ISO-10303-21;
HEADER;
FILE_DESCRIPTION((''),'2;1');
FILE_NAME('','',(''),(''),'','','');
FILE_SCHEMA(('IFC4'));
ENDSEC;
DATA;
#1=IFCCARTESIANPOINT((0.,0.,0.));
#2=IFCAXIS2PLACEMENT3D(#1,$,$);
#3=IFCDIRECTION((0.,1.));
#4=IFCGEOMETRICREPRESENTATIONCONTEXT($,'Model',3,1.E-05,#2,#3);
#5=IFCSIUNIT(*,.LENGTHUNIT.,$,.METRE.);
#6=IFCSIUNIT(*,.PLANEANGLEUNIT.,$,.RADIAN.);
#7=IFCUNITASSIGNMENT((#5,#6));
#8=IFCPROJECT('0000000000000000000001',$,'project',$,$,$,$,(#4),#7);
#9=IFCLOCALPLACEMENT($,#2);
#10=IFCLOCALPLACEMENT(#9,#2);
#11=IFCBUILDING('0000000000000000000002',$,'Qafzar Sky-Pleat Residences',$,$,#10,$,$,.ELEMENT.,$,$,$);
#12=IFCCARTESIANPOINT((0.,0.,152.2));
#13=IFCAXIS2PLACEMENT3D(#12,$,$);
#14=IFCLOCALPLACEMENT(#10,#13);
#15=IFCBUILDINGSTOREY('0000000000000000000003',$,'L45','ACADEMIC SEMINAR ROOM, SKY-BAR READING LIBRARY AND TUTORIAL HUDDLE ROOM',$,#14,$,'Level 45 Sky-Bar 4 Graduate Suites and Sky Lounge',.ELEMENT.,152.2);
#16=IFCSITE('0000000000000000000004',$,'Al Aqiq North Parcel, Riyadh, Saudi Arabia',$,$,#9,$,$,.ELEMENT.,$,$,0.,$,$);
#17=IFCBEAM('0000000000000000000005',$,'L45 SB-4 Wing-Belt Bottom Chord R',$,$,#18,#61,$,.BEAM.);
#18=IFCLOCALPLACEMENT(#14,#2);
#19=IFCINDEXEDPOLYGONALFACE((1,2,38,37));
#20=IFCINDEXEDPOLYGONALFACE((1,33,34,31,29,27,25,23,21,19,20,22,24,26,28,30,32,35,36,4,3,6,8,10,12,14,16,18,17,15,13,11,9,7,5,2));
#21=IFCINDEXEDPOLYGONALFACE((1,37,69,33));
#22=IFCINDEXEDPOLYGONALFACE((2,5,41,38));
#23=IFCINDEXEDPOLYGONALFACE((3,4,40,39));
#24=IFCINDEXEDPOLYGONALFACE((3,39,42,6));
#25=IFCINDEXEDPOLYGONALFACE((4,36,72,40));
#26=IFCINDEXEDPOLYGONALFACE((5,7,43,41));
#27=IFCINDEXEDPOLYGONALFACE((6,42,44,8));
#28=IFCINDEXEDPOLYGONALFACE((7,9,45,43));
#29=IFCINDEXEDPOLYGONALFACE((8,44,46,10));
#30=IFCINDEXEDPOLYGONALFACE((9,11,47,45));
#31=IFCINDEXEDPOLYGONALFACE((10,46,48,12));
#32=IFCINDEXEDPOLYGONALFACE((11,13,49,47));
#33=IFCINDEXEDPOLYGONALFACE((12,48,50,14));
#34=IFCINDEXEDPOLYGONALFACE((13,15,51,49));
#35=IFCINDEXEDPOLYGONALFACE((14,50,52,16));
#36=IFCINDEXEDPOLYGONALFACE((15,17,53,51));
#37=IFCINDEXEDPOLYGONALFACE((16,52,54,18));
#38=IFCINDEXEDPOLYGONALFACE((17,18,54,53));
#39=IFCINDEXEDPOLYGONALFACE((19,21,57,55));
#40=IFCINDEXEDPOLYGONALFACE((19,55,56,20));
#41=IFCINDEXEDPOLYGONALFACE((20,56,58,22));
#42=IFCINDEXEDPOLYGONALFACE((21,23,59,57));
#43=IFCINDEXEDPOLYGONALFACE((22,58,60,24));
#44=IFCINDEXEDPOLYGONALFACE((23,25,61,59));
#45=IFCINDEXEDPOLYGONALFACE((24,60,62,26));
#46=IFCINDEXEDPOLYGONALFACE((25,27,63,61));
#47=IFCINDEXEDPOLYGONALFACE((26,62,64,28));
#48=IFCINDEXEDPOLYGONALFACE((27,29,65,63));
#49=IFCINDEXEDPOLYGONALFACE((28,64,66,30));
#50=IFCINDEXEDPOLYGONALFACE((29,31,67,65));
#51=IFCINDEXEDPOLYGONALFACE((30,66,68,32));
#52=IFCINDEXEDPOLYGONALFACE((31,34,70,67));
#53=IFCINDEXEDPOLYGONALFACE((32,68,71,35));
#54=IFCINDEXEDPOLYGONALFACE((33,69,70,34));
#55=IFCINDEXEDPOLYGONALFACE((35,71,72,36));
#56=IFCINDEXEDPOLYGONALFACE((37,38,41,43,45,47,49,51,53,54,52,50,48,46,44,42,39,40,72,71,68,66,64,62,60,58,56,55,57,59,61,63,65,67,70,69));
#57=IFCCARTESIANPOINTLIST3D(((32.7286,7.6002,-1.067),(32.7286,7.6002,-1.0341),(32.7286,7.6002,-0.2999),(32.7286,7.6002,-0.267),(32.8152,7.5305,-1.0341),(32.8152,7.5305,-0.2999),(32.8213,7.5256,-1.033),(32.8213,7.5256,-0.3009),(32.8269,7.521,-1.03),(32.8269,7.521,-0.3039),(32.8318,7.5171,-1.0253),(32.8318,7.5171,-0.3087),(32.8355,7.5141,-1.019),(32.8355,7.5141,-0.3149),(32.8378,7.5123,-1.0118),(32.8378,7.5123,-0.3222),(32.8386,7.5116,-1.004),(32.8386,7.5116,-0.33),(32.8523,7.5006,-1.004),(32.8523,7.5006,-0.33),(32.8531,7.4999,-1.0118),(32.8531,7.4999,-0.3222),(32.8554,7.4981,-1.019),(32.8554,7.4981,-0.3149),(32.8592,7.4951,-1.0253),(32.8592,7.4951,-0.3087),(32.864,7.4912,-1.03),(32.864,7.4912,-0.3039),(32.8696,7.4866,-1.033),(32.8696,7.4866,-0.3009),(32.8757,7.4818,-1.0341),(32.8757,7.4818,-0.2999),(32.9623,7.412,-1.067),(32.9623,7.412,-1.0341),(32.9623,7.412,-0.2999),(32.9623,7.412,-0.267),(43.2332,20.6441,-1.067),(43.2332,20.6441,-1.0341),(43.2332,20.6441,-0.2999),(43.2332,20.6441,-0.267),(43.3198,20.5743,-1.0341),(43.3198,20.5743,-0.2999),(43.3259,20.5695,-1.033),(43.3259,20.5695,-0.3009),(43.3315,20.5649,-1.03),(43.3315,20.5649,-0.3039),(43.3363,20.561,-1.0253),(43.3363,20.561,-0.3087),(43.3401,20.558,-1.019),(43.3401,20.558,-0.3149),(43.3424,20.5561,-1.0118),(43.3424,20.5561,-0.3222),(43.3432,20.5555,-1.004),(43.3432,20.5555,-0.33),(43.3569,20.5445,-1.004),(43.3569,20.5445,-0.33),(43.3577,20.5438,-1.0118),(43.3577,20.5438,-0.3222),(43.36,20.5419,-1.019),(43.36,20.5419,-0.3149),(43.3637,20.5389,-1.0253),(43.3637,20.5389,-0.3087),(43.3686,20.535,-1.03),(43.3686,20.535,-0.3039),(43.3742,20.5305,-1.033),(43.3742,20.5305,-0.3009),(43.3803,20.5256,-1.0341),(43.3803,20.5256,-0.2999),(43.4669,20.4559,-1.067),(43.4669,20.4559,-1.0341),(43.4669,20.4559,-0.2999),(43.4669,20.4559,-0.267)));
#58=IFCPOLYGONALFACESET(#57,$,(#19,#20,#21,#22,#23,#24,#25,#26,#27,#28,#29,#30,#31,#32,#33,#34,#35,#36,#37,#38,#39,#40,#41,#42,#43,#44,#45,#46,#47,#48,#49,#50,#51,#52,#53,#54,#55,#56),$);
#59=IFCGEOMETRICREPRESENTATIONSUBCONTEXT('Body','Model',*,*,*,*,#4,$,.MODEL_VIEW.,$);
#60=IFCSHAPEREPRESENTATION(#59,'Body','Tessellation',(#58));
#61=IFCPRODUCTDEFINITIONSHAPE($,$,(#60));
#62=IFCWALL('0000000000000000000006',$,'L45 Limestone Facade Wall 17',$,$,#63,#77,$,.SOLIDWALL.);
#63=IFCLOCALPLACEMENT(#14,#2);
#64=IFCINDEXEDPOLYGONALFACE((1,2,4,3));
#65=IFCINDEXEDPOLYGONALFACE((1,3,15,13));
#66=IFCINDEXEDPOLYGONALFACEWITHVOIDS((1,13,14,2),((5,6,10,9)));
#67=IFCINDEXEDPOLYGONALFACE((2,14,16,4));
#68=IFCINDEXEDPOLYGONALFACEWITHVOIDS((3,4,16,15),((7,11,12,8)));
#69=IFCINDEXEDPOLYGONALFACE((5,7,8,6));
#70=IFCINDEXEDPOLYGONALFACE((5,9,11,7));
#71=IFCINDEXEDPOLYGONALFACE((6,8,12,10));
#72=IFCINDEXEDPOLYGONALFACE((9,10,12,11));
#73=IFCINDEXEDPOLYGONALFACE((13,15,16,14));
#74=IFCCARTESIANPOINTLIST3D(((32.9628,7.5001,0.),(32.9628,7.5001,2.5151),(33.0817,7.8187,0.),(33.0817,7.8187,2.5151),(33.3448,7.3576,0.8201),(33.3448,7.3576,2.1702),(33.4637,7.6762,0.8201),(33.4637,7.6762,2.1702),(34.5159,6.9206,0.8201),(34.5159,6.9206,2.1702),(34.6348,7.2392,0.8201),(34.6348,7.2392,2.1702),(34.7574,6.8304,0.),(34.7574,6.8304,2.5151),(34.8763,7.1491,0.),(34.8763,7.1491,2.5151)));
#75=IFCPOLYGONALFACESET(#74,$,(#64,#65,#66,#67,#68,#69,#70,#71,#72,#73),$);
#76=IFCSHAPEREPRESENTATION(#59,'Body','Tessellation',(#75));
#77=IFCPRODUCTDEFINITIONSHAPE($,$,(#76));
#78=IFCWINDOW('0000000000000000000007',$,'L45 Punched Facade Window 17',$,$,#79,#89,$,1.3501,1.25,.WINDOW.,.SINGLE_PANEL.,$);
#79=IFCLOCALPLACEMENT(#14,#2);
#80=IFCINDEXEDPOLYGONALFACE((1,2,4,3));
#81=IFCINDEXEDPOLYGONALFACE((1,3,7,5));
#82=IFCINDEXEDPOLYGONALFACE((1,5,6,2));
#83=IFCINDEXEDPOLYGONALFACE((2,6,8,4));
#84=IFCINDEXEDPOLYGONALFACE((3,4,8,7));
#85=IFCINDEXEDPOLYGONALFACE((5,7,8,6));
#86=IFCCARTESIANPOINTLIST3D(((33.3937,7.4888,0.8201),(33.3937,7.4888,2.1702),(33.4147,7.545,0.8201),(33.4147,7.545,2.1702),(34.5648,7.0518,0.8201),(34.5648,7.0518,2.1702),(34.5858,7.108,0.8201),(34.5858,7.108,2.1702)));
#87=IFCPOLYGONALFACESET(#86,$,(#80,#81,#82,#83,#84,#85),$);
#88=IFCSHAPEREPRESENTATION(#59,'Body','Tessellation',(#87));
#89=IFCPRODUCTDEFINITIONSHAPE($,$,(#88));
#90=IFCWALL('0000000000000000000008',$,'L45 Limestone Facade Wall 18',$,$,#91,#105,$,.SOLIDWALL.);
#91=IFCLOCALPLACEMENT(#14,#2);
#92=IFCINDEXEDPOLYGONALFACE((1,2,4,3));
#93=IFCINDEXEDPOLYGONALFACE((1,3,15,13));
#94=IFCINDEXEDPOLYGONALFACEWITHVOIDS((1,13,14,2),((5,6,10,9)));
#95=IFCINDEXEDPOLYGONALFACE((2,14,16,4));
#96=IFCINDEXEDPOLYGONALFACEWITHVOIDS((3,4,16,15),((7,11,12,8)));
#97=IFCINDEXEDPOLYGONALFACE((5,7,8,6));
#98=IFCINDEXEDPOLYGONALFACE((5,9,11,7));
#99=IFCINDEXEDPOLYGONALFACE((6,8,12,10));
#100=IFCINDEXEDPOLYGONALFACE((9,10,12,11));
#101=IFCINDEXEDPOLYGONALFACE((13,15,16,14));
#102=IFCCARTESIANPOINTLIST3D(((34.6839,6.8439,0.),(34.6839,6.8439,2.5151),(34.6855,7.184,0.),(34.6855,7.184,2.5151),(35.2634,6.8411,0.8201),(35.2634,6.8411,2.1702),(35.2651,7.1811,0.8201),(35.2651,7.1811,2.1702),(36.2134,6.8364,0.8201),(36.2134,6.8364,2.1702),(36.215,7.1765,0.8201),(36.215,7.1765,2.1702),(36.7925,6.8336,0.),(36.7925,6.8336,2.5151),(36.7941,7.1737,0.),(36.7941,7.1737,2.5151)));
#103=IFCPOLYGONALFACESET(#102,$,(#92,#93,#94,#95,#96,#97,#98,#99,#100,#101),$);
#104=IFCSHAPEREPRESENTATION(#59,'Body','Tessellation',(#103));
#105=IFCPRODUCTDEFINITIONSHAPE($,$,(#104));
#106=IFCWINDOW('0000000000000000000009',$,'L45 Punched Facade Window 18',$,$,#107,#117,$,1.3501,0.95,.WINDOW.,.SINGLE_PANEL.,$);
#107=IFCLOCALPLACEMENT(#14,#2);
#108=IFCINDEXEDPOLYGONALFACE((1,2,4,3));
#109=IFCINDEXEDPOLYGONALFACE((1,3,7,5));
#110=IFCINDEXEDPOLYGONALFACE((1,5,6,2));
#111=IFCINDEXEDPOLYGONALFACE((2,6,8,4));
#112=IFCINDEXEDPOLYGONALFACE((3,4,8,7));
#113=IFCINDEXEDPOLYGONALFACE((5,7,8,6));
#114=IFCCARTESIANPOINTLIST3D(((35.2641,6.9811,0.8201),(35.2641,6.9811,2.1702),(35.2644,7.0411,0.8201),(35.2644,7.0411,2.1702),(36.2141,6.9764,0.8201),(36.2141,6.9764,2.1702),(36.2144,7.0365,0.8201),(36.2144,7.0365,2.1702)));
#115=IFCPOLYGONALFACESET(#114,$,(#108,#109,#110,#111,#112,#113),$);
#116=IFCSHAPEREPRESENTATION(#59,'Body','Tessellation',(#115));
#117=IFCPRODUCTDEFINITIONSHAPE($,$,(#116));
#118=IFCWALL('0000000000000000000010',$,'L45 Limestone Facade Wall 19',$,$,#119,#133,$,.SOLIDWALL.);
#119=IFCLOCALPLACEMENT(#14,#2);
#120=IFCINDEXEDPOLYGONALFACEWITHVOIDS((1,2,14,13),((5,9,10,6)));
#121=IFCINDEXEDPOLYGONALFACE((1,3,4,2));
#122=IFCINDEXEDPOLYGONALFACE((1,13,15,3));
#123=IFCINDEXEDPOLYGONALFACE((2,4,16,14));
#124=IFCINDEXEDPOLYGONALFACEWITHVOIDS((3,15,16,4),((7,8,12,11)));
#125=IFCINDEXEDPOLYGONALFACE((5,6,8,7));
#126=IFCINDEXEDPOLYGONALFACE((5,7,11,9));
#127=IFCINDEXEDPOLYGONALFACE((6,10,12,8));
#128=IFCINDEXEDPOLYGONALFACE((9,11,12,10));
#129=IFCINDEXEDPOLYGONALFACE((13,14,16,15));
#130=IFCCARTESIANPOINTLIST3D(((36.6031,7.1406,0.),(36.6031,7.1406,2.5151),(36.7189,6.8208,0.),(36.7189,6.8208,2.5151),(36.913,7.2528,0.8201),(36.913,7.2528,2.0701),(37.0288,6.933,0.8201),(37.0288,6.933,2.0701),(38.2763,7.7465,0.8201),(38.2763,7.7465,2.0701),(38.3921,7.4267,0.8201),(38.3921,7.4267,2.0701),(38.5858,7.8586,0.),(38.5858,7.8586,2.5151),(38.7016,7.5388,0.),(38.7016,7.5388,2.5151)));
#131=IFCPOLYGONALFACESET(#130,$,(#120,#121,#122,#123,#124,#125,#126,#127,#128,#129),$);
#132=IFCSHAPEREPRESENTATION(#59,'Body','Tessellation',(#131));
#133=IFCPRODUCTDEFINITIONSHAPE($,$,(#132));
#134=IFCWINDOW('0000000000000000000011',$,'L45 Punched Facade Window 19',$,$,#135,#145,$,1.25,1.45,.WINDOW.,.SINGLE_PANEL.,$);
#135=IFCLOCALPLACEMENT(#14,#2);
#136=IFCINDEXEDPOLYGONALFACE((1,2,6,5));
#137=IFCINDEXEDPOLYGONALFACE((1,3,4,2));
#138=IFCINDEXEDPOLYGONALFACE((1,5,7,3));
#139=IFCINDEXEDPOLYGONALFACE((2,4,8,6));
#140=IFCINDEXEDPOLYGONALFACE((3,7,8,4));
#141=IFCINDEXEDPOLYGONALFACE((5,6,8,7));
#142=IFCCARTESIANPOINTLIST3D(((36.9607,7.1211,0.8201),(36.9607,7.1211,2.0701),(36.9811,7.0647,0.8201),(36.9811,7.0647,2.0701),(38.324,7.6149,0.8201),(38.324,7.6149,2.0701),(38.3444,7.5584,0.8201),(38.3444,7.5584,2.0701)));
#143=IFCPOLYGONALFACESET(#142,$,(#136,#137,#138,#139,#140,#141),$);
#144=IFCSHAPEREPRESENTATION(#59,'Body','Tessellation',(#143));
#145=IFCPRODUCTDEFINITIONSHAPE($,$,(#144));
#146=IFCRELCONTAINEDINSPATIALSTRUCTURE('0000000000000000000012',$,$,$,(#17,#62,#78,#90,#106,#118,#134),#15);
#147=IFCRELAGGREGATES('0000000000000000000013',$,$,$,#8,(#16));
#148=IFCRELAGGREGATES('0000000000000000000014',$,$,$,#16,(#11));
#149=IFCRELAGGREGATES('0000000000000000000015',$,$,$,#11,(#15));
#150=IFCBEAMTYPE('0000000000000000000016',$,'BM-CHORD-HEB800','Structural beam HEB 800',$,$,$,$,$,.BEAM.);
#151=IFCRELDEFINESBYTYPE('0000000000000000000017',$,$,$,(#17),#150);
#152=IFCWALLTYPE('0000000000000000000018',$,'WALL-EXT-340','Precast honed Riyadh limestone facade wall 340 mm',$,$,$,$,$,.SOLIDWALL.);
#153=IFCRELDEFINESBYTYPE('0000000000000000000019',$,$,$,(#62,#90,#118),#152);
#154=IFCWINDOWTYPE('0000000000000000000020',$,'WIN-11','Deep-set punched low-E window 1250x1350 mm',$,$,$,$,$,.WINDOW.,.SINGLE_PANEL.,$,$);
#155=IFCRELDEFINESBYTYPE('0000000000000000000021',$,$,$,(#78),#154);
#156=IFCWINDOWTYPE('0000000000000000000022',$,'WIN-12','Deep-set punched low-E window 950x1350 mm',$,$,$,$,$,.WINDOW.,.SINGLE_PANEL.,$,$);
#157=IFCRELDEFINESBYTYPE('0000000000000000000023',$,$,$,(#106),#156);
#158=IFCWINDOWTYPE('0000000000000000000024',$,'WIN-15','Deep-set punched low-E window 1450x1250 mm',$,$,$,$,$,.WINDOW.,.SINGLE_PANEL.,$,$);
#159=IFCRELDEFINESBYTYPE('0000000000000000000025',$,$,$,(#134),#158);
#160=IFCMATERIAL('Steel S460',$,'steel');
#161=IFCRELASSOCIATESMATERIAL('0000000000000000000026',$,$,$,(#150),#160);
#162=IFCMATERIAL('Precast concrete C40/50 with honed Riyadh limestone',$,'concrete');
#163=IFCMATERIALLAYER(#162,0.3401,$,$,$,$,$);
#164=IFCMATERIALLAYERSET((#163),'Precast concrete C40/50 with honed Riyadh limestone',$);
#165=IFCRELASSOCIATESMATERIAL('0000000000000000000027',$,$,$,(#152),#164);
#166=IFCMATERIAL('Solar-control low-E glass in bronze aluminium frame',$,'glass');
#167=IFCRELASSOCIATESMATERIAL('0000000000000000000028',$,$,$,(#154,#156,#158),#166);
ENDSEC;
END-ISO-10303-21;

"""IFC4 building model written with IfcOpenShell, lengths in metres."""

from ifc_helpers import new_model, si_unit, direction, frame, frame_2d, origin, origin_2d, place, context, subcontext, project, spatial, rectangle, i_section, extrude, source, transform, mapped, material, layer, layer_set, material_profile, profile_set, type_object, element, fill, save


model = new_model("IFC4")

# Units and contexts
model_context = context("Model", 3, precision=1e-05, world=origin(), true_north=direction((0.0, 1.0)))
body_context = subcontext(model_context, "Body", "Model", "MODEL_VIEW")
ifc_project = project(units=[si_unit("LENGTHUNIT", "METRE"), si_unit("PLANEANGLEUNIT", "RADIAN")], contexts=[model_context])

# Site, building, storey
site_placement = place(None, origin())
site = spatial("IfcSite", under=ifc_project, at=site_placement, Name="Al Aqiq North Parcel, Riyadh, Saudi Arabia", CompositionType="ELEMENT", RefElevation=0.0)
building_placement = place(site_placement, origin())
building = spatial("IfcBuilding", under=site, at=building_placement, Name="Qafzar Sky-Pleat Residences", CompositionType="ELEMENT")
storey_placement = place(building_placement, frame((0.0, 0.0, 152.2)))
storey = spatial("IfcBuildingStorey", under=building, at=storey_placement, Name="L45", Description="ACADEMIC SEMINAR ROOM, SKY-BAR READING LIBRARY AND TUTORIAL HUDDLE ROOM", LongName="Level 45 Sky-Bar 4 Graduate Suites and Sky Lounge", CompositionType="ELEMENT", Elevation=152.2)

# Beam
ifc_material_1 = material(Name="Steel S460", Category="steel")
ifc_material_profile = material_profile(ifc_material_1, i_section(OverallWidth=0.3, OverallDepth=0.8, WebThickness=0.0176, FlangeThickness=0.033, FilletRadius=0.03, at=origin_2d()), Name="HEB 800")
ifc_profile_set = profile_set([ifc_material_profile], Name="Steel S460")
beam_type = type_object("IfcBeamType", Name="BM-CHORD-HEB800", Description="Structural beam HEB 800", PredefinedType="BEAM", material=ifc_profile_set)
shared_shape_1 = source(origin(), body_context, "Body", "SweptSolid", [
    extrude(i_section(OverallWidth=0.3, OverallDepth=0.8, WebThickness=0.0176, FlangeThickness=0.033, FilletRadius=0.03, at=origin_2d()), origin(), (0.0, 0.0, 1.0), 16.7478),
])
beam_placement = place(storey_placement, frame((32.8455, 7.5061, -0.667), z_axis=(0.627221, 0.778841, 0.0), x_axis=(-0.778841, 0.627221, 0.0)))
element("IfcBeam", 1, at=beam_placement, inside=storey, type_object=beam_type, Name="L45 SB-4 Wing-Belt Bottom Chord R", PredefinedType="BEAM", context=body_context, shape_type="MappedRepresentation", body=[
    mapped(shared_shape_1, transform((0.0, 0.0, 0.0), x_axis=(1.0, 0.0, 0.0), y_axis=(0.0, 1.0, 0.0), z_axis=(0.0, 0.0, 1.0), scale=1.0)),
])

# Walls, openings, windows
ifc_material_2 = material(Name="Precast concrete C40/50 with honed Riyadh limestone", Category="concrete")
ifc_layer_1 = layer(ifc_material_2, 0.3401)
ifc_layer_set_1 = layer_set([ifc_layer_1], Name="Precast concrete C40/50 with honed Riyadh limestone")
wall_type = type_object("IfcWallType", Name="WALL-EXT-340", Description="Precast honed Riyadh limestone facade wall 340 mm", PredefinedType="SOLIDWALL", material=ifc_layer_set_1)
wall_1_placement = place(storey_placement, frame((33.0222, 7.6594, 0.0), z_axis=(0.0, 0.0, 1.0), x_axis=(0.936899, -0.349601, 0.0)))
wall_1 = element("IfcWall", 2, at=wall_1_placement, inside=storey, type_object=wall_type, Name="L45 Limestone Facade Wall 17", PredefinedType="SOLIDWALL", context=body_context, shape_type="SweptSolid", body=[
    extrude(rectangle(XDim=1.9155, YDim=0.3401, at=frame_2d((0.9578, 0.0))), origin(), (0.0, 0.0, 1.0), 2.5151),
])
opening_1_placement = place(wall_1_placement, frame((0.4077, 0.0, 0.8201)))
opening_1 = element("IfcOpeningElement", 3, at=opening_1_placement, cuts=wall_1, PredefinedType="OPENING", context=body_context, shape_type="SweptSolid", body=[
    extrude(rectangle(XDim=1.25, YDim=1.3501, at=frame_2d((0.625, 0.675))), frame((0.0, 0.1802, 0.0), z_axis=(0.0, -1.0, 0.0), x_axis=(1.0, 0.0, 0.0)), (0.0, 0.0, 1.0), 0.3601),
])
ifc_material_3 = material(Name="Solar-control low-E glass in bronze aluminium frame", Category="glass")
window_type_1 = type_object("IfcWindowType", Name="WIN-11", Description="Deep-set punched low-E window 1250x1350 mm", PartitioningType="SINGLE_PANEL", PredefinedType="WINDOW", material=ifc_material_3)
shared_shape_2 = source(origin(), body_context, "Body", "SweptSolid", [
    extrude(rectangle(XDim=1.25, YDim=1.3501, at=frame_2d((0.625, 0.675))), frame((0.0, 0.03, 0.0), z_axis=(0.0, -1.0, 0.0), x_axis=(1.0, 0.0, 0.0)), (0.0, 0.0, 1.0), 0.0601),
])
window_1_placement = place(opening_1_placement, origin())
window_1 = element("IfcWindow", 4, at=window_1_placement, inside=storey, type_object=window_type_1, Name="L45 Punched Facade Window 17", OverallHeight=1.3501, OverallWidth=1.25, PartitioningType="SINGLE_PANEL", PredefinedType="WINDOW", context=body_context, shape_type="MappedRepresentation", body=[
    mapped(shared_shape_2, transform((0.0, 0.0, 0.0), x_axis=(1.0, 0.0, 0.0), y_axis=(0.0, 1.0, 0.0), z_axis=(0.0, 0.0, 1.0), scale=1.0)),
])
fill(opening_1, window_1)
wall_2_placement = place(storey_placement, frame((34.6848, 7.0139, 0.0), z_axis=(0.0, 0.0, 1.0), x_axis=(0.999988, -0.004863, 0.0)))
wall_2 = element("IfcWall", 5, at=wall_2_placement, inside=storey, type_object=wall_type, Name="L45 Limestone Facade Wall 18", PredefinedType="SOLIDWALL", context=body_context, shape_type="SweptSolid", body=[
    extrude(rectangle(XDim=2.1086, YDim=0.3401, at=frame_2d((1.0542, 0.0))), origin(), (0.0, 0.0, 1.0), 2.5151),
])
opening_2_placement = place(wall_2_placement, frame((0.5793, 0.0, 0.8201)))
opening_2 = element("IfcOpeningElement", 6, at=opening_2_placement, cuts=wall_2, PredefinedType="OPENING", context=body_context, shape_type="SweptSolid", body=[
    extrude(rectangle(XDim=0.95, YDim=1.3501, at=frame_2d((0.4751, 0.675))), frame((0.0, 0.1802, 0.0), z_axis=(0.0, -1.0, 0.0), x_axis=(1.0, 0.0, 0.0)), (0.0, 0.0, 1.0), 0.3601),
])
window_type_2 = type_object("IfcWindowType", Name="WIN-12", Description="Deep-set punched low-E window 950x1350 mm", PartitioningType="SINGLE_PANEL", PredefinedType="WINDOW", material=ifc_material_3)
shared_shape_3 = source(origin(), body_context, "Body", "SweptSolid", [
    extrude(rectangle(XDim=0.95, YDim=1.3501, at=frame_2d((0.4751, 0.675))), frame((0.0, 0.03, 0.0), z_axis=(0.0, -1.0, 0.0), x_axis=(1.0, 0.0, 0.0)), (0.0, 0.0, 1.0), 0.0601),
])
window_2_placement = place(opening_2_placement, origin())
window_2 = element("IfcWindow", 7, at=window_2_placement, inside=storey, type_object=window_type_2, Name="L45 Punched Facade Window 18", OverallHeight=1.3501, OverallWidth=0.95, PartitioningType="SINGLE_PANEL", PredefinedType="WINDOW", context=body_context, shape_type="MappedRepresentation", body=[
    mapped(shared_shape_3, transform((0.0, 0.0, 0.0), x_axis=(1.0, 0.0, 0.0), y_axis=(0.0, 1.0, 0.0), z_axis=(0.0, 0.0, 1.0), scale=1.0)),
])
fill(opening_2, window_2)
wall_3_placement = place(storey_placement, frame((36.6611, 6.9807, 0.0), z_axis=(0.0, 0.0, 1.0), x_axis=(0.940242, 0.340506, 0.0)))
wall_3 = element("IfcWall", 8, at=wall_3_placement, inside=storey, type_object=wall_type, Name="L45 Limestone Facade Wall 19", PredefinedType="SOLIDWALL", context=body_context, shape_type="SweptSolid", body=[
    extrude(rectangle(XDim=2.1086, YDim=0.3401, at=frame_2d((1.0542, 0.0))), origin(), (0.0, 0.0, 1.0), 2.5151),
])
opening_3_placement = place(wall_3_placement, frame((0.3293, 0.0, 0.8201)))
opening_3 = element("IfcOpeningElement", 9, at=opening_3_placement, cuts=wall_3, PredefinedType="OPENING", context=body_context, shape_type="SweptSolid", body=[
    extrude(rectangle(XDim=1.45, YDim=1.25, at=frame_2d((0.7251, 0.625))), frame((0.0, 0.1802, 0.0), z_axis=(0.0, -1.0, 0.0), x_axis=(1.0, 0.0, 0.0)), (0.0, 0.0, 1.0), 0.3601),
])
window_type_3 = type_object("IfcWindowType", Name="WIN-15", Description="Deep-set punched low-E window 1450x1250 mm", PartitioningType="SINGLE_PANEL", PredefinedType="WINDOW", material=ifc_material_3)
shared_shape_4 = source(origin(), body_context, "Body", "SweptSolid", [
    extrude(rectangle(XDim=1.45, YDim=1.25, at=frame_2d((0.7251, 0.625))), frame((0.0, 0.03, 0.0), z_axis=(0.0, -1.0, 0.0), x_axis=(1.0, 0.0, 0.0)), (0.0, 0.0, 1.0), 0.0601),
])
window_3_placement = place(opening_3_placement, origin())
window_3 = element("IfcWindow", 10, at=window_3_placement, inside=storey, type_object=window_type_3, Name="L45 Punched Facade Window 19", OverallHeight=1.25, OverallWidth=1.45, PartitioningType="SINGLE_PANEL", PredefinedType="WINDOW", context=body_context, shape_type="MappedRepresentation", body=[
    mapped(shared_shape_4, transform((0.0, 0.0, 0.0), x_axis=(1.0, 0.0, 0.0), y_axis=(0.0, 1.0, 0.0), z_axis=(0.0, 0.0, 1.0), scale=1.0)),
])
fill(opening_3, window_3)

save(model, "model.ifc")
